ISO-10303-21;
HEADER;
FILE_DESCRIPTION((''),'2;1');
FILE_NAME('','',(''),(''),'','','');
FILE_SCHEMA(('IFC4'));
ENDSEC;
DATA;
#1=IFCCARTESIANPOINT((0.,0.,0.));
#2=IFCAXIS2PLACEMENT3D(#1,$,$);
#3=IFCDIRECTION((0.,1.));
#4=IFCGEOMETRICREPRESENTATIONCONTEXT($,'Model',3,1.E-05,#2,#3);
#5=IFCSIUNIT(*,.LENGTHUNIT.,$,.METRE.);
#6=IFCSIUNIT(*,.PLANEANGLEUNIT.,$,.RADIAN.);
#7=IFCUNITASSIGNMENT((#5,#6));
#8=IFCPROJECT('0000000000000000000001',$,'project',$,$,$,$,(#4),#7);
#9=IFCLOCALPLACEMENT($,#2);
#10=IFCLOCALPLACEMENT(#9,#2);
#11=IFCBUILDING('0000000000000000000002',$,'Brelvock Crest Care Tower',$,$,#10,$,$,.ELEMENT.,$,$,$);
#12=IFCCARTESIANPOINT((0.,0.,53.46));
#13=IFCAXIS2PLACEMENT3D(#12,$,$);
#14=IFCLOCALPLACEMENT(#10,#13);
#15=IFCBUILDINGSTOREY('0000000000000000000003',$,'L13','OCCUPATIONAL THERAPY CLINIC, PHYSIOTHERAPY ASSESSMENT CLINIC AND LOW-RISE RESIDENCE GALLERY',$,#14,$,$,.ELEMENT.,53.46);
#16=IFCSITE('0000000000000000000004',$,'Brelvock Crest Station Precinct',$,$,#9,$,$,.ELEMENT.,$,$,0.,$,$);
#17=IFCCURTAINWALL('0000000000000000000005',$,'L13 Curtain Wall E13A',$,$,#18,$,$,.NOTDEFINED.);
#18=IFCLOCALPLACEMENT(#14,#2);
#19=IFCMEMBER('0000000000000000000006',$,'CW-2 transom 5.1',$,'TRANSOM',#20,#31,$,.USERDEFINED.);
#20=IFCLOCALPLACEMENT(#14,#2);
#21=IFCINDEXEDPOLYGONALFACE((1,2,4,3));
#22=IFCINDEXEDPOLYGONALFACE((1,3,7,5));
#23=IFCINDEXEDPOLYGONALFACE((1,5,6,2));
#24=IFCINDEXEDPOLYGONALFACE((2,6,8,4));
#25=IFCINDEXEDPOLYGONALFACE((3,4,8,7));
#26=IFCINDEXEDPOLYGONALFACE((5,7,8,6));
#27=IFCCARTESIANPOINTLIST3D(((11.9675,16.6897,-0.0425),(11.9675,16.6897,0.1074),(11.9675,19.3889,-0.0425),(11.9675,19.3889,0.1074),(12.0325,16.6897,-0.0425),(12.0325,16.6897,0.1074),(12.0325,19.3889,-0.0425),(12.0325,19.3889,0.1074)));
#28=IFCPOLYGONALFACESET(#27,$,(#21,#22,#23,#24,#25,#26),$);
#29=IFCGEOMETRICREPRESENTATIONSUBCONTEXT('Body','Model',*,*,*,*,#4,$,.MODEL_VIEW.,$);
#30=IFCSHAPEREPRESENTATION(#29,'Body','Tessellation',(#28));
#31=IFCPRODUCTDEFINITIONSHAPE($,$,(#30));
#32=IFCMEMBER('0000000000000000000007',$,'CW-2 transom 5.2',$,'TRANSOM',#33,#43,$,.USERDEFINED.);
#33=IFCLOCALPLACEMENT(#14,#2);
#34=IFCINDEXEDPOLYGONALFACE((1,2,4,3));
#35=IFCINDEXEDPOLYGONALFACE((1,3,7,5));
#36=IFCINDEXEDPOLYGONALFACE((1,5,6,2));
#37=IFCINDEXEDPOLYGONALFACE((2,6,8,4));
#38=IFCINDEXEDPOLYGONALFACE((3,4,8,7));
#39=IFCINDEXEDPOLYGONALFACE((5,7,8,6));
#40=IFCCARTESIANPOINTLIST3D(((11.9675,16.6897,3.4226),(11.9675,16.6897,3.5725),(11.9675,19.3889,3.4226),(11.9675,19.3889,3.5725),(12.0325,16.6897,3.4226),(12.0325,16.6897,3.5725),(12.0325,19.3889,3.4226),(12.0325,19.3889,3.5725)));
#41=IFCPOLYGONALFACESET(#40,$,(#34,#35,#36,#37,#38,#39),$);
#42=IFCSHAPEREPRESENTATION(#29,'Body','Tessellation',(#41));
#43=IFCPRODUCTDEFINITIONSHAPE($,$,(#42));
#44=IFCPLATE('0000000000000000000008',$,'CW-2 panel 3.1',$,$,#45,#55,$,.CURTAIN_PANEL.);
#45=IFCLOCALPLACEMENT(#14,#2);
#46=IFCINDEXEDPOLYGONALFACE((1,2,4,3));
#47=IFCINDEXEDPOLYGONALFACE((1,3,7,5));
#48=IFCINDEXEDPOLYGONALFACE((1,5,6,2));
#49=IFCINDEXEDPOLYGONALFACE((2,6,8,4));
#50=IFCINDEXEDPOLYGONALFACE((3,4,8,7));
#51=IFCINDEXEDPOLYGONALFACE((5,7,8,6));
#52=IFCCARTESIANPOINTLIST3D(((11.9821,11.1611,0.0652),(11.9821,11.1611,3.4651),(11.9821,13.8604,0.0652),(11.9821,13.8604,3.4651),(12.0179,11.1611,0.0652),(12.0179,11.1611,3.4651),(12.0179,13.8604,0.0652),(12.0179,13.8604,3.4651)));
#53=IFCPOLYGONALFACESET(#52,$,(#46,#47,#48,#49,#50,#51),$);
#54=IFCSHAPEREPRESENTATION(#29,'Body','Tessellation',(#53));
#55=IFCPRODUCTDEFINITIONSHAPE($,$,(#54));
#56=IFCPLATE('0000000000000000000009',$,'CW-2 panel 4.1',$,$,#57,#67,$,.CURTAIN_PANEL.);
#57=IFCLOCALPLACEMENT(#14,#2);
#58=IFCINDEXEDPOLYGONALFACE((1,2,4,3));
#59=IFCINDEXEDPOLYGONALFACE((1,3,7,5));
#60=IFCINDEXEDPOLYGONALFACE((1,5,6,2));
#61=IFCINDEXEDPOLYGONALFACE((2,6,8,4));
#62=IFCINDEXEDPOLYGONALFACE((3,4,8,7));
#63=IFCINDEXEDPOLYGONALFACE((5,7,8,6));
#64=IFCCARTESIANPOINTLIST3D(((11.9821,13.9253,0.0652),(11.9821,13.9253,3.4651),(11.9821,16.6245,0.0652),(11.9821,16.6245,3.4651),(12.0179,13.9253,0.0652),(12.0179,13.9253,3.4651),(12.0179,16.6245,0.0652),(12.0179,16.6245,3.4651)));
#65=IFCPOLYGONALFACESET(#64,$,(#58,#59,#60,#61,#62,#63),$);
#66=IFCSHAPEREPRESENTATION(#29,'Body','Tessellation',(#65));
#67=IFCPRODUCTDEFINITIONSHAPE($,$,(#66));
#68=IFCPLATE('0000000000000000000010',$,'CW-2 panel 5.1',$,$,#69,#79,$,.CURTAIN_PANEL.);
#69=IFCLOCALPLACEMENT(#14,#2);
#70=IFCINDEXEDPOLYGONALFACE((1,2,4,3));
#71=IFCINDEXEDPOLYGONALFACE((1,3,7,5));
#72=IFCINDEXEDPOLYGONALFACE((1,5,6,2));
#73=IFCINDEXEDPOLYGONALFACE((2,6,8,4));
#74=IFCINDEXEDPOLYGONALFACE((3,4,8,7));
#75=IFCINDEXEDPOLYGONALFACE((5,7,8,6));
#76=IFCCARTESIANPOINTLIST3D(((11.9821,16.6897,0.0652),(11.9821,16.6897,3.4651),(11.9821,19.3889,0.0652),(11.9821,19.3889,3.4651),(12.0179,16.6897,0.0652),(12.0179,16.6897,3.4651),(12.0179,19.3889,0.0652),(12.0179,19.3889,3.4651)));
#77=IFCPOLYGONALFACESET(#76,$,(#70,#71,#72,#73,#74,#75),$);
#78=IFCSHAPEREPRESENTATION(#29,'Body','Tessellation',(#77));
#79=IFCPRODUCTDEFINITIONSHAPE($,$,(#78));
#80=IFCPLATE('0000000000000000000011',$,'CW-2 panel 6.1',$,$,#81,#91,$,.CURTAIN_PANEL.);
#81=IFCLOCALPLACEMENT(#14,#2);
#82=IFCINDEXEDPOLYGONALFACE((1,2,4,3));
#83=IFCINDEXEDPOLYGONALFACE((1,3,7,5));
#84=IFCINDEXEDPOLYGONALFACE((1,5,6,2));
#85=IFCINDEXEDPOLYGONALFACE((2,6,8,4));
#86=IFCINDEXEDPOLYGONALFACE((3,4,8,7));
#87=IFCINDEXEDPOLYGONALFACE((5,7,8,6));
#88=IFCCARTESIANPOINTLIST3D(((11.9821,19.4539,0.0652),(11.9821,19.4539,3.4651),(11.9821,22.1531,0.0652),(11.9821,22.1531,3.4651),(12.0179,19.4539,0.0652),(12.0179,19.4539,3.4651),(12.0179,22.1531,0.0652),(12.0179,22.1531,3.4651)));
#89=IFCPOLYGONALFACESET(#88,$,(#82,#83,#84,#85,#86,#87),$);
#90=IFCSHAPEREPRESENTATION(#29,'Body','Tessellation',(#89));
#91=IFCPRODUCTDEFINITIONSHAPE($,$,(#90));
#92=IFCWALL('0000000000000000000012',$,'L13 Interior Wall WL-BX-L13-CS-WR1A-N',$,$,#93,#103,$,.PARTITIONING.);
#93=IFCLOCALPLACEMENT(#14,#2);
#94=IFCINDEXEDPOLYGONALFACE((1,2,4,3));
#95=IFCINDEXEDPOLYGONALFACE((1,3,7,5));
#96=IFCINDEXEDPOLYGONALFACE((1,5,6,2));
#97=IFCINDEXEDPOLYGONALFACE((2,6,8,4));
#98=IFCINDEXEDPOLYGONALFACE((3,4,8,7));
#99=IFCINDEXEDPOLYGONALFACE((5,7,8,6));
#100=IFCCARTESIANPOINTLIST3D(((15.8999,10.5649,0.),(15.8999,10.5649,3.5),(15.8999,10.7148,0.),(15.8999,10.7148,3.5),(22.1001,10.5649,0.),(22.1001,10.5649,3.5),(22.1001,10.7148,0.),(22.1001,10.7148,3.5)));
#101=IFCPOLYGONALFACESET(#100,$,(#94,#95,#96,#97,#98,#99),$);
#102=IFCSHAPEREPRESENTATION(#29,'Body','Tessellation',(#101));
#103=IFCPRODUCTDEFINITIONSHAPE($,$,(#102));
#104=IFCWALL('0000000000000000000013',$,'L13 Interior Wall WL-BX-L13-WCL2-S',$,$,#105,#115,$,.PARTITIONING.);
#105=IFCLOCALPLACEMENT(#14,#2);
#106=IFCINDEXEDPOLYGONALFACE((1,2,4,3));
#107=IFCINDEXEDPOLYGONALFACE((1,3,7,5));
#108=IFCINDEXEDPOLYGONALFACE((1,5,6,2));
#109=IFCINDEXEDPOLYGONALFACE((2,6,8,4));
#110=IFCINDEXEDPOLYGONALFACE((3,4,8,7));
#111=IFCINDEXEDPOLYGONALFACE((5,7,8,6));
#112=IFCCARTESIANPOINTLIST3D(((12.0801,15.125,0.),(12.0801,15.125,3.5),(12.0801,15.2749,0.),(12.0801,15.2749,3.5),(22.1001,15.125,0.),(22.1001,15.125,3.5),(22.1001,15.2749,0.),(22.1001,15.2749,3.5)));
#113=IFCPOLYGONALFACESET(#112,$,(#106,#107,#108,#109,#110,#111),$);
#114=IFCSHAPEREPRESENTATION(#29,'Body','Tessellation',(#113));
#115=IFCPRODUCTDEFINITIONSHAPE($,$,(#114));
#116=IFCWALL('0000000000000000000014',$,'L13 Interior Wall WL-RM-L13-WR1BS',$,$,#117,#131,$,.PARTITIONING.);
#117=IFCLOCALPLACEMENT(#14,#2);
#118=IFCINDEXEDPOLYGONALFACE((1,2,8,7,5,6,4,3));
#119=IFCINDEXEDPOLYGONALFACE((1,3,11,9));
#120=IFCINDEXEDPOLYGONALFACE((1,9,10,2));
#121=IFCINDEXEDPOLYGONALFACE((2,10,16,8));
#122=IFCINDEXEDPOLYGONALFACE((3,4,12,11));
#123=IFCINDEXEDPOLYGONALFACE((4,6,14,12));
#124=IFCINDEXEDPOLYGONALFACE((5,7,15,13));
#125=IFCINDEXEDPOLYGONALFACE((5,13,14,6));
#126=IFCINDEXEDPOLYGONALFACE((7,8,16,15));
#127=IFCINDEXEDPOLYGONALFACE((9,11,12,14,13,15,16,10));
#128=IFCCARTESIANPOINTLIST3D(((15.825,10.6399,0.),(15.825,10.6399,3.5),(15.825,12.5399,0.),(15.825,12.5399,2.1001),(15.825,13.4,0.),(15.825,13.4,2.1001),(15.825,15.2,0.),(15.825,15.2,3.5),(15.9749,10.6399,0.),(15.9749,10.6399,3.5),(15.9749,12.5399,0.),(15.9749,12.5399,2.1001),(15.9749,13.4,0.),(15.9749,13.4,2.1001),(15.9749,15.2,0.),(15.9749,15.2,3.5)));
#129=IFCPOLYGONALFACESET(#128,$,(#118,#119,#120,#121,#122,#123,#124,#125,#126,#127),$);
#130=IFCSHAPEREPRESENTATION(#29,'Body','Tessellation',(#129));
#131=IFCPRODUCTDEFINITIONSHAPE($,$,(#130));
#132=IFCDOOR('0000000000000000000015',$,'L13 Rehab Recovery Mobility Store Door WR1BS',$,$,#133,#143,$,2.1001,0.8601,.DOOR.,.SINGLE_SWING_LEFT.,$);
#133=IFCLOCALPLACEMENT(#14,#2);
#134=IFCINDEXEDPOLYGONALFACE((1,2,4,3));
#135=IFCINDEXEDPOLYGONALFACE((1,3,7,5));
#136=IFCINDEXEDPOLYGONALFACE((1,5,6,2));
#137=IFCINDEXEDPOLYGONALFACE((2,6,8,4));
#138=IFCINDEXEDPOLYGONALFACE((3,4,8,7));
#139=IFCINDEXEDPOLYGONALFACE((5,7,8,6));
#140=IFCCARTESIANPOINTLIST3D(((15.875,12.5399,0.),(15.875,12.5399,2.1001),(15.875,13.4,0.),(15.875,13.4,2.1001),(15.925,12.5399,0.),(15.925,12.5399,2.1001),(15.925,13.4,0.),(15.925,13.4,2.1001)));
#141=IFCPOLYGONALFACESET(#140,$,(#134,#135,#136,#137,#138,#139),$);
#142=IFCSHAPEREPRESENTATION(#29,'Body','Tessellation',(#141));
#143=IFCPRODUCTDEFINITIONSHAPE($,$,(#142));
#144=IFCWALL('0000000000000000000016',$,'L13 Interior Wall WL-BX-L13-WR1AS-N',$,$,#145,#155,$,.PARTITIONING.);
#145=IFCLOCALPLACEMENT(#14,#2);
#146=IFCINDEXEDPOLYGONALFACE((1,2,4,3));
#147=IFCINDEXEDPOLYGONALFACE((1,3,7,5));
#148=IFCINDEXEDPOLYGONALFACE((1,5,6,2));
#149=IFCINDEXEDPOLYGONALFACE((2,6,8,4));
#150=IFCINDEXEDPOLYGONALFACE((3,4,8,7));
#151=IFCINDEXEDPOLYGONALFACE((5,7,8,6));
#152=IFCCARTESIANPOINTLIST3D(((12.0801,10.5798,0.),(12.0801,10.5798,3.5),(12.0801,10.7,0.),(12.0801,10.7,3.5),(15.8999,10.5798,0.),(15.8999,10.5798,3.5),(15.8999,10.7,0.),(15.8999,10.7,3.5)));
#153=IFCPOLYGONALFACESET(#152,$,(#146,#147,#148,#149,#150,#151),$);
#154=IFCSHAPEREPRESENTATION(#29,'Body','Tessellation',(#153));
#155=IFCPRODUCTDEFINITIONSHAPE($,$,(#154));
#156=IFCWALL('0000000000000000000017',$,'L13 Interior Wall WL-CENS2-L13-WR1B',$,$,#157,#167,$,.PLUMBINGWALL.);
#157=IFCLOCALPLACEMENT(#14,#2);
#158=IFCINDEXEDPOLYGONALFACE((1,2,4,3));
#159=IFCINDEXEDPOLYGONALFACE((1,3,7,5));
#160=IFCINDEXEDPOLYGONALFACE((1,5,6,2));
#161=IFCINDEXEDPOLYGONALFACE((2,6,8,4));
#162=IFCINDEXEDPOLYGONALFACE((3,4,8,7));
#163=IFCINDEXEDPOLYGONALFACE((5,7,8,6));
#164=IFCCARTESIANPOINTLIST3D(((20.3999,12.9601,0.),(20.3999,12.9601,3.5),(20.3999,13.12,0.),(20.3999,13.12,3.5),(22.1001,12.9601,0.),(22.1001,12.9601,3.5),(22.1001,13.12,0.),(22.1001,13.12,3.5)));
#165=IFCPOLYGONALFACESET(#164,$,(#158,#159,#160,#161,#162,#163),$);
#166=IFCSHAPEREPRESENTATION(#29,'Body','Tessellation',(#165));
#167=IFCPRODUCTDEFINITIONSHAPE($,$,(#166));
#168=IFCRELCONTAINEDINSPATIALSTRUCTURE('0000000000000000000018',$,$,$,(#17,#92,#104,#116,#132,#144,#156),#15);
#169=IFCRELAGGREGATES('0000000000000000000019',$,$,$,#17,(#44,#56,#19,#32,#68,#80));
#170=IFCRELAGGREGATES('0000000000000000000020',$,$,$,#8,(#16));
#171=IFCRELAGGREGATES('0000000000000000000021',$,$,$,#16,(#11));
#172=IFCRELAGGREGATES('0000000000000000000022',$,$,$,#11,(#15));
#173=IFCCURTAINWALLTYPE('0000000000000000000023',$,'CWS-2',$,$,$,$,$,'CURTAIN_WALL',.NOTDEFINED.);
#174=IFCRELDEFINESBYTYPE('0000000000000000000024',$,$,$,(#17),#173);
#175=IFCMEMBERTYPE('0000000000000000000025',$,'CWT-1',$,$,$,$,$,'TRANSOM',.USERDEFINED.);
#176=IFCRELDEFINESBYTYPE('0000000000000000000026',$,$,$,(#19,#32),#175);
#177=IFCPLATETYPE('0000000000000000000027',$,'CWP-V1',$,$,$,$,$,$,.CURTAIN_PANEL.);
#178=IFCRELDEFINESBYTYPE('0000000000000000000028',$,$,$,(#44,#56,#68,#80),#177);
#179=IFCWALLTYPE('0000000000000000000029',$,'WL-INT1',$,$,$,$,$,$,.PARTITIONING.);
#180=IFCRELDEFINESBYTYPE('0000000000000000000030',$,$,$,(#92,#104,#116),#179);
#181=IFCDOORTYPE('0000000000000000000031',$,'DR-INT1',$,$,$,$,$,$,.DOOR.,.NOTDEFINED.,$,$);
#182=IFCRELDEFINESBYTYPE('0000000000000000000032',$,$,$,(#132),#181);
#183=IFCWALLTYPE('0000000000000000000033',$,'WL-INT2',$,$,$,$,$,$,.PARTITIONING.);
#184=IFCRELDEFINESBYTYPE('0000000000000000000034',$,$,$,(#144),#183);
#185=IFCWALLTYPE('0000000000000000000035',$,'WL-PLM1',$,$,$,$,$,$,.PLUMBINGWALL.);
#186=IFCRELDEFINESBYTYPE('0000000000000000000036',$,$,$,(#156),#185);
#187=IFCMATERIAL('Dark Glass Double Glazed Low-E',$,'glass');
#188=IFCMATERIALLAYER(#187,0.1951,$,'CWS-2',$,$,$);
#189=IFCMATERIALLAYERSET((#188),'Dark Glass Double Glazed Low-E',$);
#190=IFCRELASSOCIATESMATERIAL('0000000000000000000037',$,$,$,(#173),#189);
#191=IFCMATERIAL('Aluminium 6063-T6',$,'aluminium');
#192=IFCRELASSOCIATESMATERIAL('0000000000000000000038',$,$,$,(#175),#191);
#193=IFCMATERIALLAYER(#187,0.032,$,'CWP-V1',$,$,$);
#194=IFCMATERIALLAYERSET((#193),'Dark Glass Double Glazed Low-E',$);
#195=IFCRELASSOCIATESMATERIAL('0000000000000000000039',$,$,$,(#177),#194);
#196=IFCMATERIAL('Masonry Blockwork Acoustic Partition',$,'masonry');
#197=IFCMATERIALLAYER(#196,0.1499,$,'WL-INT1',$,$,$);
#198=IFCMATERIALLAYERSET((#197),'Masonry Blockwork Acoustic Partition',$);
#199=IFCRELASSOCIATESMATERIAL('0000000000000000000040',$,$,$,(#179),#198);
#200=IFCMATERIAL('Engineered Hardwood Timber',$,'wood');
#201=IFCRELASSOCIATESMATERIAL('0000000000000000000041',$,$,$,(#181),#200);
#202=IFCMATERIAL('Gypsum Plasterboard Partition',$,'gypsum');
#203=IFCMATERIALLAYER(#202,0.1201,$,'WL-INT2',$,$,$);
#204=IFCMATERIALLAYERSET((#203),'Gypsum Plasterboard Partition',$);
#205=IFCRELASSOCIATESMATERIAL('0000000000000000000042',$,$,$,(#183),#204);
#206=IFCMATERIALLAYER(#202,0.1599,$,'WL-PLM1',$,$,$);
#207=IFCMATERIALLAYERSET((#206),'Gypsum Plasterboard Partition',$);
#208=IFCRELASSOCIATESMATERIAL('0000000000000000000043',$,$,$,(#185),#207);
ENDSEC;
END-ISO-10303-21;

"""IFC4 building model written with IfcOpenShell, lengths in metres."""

from ifc_helpers import new_model, si_unit, direction, frame, frame_2d, origin, origin_2d, place, context, subcontext, project, spatial, rectangle, extrude, source, transform, mapped, material, layer, layer_set, material_profile, profile_set, type_object, element, fill, aggregate, save


model = new_model("IFC4")

# Units and contexts
model_context = context("Model", 3, precision=1e-05, world=origin(), true_north=direction((0.0, 1.0)))
body_context = subcontext(model_context, "Body", "Model", "MODEL_VIEW")
ifc_project = project(units=[si_unit("LENGTHUNIT", "METRE"), si_unit("PLANEANGLEUNIT", "RADIAN")], contexts=[model_context])

# Site, building, storey
site_placement = place(None, origin())
site = spatial("IfcSite", under=ifc_project, at=site_placement, Name="Brelvock Crest Station Precinct", CompositionType="ELEMENT", RefElevation=0.0)
building_placement = place(site_placement, origin())
building = spatial("IfcBuilding", under=site, at=building_placement, Name="Brelvock Crest Care Tower", CompositionType="ELEMENT")
storey_placement = place(building_placement, frame((0.0, 0.0, 53.46)))
storey = spatial("IfcBuildingStorey", under=building, at=storey_placement, Name="L13", Description="OCCUPATIONAL THERAPY CLINIC, PHYSIOTHERAPY ASSESSMENT CLINIC AND LOW-RISE RESIDENCE GALLERY", CompositionType="ELEMENT", Elevation=53.46)

# Curtain wall, members, plates
ifc_material_1 = material(Name="Dark Glass Double Glazed Low-E", Category="glass")
ifc_layer_1 = layer(ifc_material_1, 0.1951, Name="CWS-2")
ifc_layer_set_1 = layer_set([ifc_layer_1], Name="Dark Glass Double Glazed Low-E")
curtain_wall_type = type_object("IfcCurtainWallType", Name="CWS-2", ElementType="CURTAIN_WALL", PredefinedType="NOTDEFINED", material=ifc_layer_set_1)
curtain_wall_placement = place(storey_placement, origin())
curtain_wall = element("IfcCurtainWall", 1, at=curtain_wall_placement, inside=storey, type_object=curtain_wall_type, Name="L13 Curtain Wall E13A", PredefinedType="NOTDEFINED")
ifc_material_2 = material(Name="Aluminium 6063-T6", Category="aluminium")
ifc_material_profile_1 = material_profile(ifc_material_2, rectangle(XDim=0.0649, YDim=0.1499, at=origin_2d()), Name="ALU65x150")
ifc_profile_set_1 = profile_set([ifc_material_profile_1], Name="Aluminium 6063-T6")
member_type_1 = type_object("IfcMemberType", Name="CWT-1", ElementType="TRANSOM", PredefinedType="USERDEFINED", material=ifc_profile_set_1)
shared_shape_1 = source(origin(), body_context, "Body", "SweptSolid", [
    extrude(rectangle(XDim=0.0649, YDim=0.1499, at=origin_2d()), origin(), (0.0, 0.0, 1.0), 2.6992),
])
member_1_placement = place(storey_placement, frame((12.0, 16.6897, 0.0325), z_axis=(0.0, 1.0, 0.0), x_axis=(-1.0, 0.0, 0.0)))
member_1 = element("IfcMember", 2, at=member_1_placement, type_object=member_type_1, Name="CW-2 transom 5.1", ObjectType="TRANSOM", PredefinedType="USERDEFINED", context=body_context, shape_type="MappedRepresentation", body=[
    mapped(shared_shape_1, transform((0.0, 0.0, 0.0), x_axis=(1.0, 0.0, 0.0), y_axis=(0.0, 1.0, 0.0), z_axis=(0.0, 0.0, 1.0), scale=1.0)),
])
member_2_placement = place(storey_placement, frame((12.0, 16.6897, 3.4976), z_axis=(0.0, 1.0, 0.0), x_axis=(-1.0, 0.0, 0.0)))
member_2 = element("IfcMember", 3, at=member_2_placement, type_object=member_type_1, Name="CW-2 transom 5.2", ObjectType="TRANSOM", PredefinedType="USERDEFINED", context=body_context, shape_type="MappedRepresentation", body=[
    mapped(shared_shape_1, transform((0.0, 0.0, 0.0), x_axis=(1.0, 0.0, 0.0), y_axis=(0.0, 1.0, 0.0), z_axis=(0.0, 0.0, 1.0), scale=1.0)),
])
ifc_layer_2 = layer(ifc_material_1, 0.032, Name="CWP-V1")
ifc_layer_set_2 = layer_set([ifc_layer_2], Name="Dark Glass Double Glazed Low-E")
plate_type = type_object("IfcPlateType", Name="CWP-V1", PredefinedType="CURTAIN_PANEL", material=ifc_layer_set_2)
shared_shape_2 = source(origin(), body_context, "Body", "SweptSolid", [
    extrude(rectangle(XDim=2.6992, YDim=0.0359, at=origin_2d()), origin(), (0.0, 0.0, 1.0), 3.3999),
])
plate_1_placement = place(storey_placement, frame((12.0, 12.5107, 0.0652), z_axis=(0.0, 0.0, 1.0), x_axis=(0.0, 1.0, 0.0)))
plate_1 = element("IfcPlate", 4, at=plate_1_placement, type_object=plate_type, Name="CW-2 panel 3.1", PredefinedType="CURTAIN_PANEL", context=body_context, shape_type="MappedRepresentation", body=[
    mapped(shared_shape_2, transform((0.0, 0.0, 0.0), x_axis=(1.0, 0.0, 0.0), y_axis=(0.0, 1.0, 0.0), z_axis=(0.0, 0.0, 1.0), scale=1.0)),
])
plate_2_placement = place(storey_placement, frame((12.0, 15.2749, 0.0652), z_axis=(0.0, 0.0, 1.0), x_axis=(0.0, 1.0, 0.0)))
plate_2 = element("IfcPlate", 5, at=plate_2_placement, type_object=plate_type, Name="CW-2 panel 4.1", PredefinedType="CURTAIN_PANEL", context=body_context, shape_type="MappedRepresentation", body=[
    mapped(shared_shape_2, transform((0.0, 0.0, 0.0), x_axis=(1.0, 0.0, 0.0), y_axis=(0.0, 1.0, 0.0), z_axis=(0.0, 0.0, 1.0), scale=1.0)),
])
plate_3_placement = place(storey_placement, frame((12.0, 18.0393, 0.0652), z_axis=(0.0, 0.0, 1.0), x_axis=(0.0, 1.0, 0.0)))
plate_3 = element("IfcPlate", 6, at=plate_3_placement, type_object=plate_type, Name="CW-2 panel 5.1", PredefinedType="CURTAIN_PANEL", context=body_context, shape_type="MappedRepresentation", body=[
    mapped(shared_shape_2, transform((0.0, 0.0, 0.0), x_axis=(1.0, 0.0, 0.0), y_axis=(0.0, 1.0, 0.0), z_axis=(0.0, 0.0, 1.0), scale=1.0)),
])
plate_4_placement = place(storey_placement, frame((12.0, 20.8035, 0.0652), z_axis=(0.0, 0.0, 1.0), x_axis=(0.0, 1.0, 0.0)))
plate_4 = element("IfcPlate", 7, at=plate_4_placement, type_object=plate_type, Name="CW-2 panel 6.1", PredefinedType="CURTAIN_PANEL", context=body_context, shape_type="MappedRepresentation", body=[
    mapped(shared_shape_2, transform((0.0, 0.0, 0.0), x_axis=(1.0, 0.0, 0.0), y_axis=(0.0, 1.0, 0.0), z_axis=(0.0, 0.0, 1.0), scale=1.0)),
])
aggregate(curtain_wall, [plate_1, plate_2, member_1, member_2, plate_3, plate_4])

# Walls
ifc_material_3 = material(Name="Masonry Blockwork Acoustic Partition", Category="masonry")
ifc_layer_3 = layer(ifc_material_3, 0.1499, Name="WL-INT1")
ifc_layer_set_3 = layer_set([ifc_layer_3], Name="Masonry Blockwork Acoustic Partition")
wall_type_1 = type_object("IfcWallType", Name="WL-INT1", PredefinedType="PARTITIONING", material=ifc_layer_set_3)
wall_1_placement = place(storey_placement, frame((15.8999, 10.6399, 0.0), z_axis=(0.0, 0.0, 1.0), x_axis=(1.0, 0.0, 0.0)))
element("IfcWall", 8, at=wall_1_placement, inside=storey, type_object=wall_type_1, Name="L13 Interior Wall WL-BX-L13-CS-WR1A-N", PredefinedType="PARTITIONING", context=body_context, shape_type="SweptSolid", body=[
    extrude(rectangle(XDim=6.2002, YDim=0.1499, at=frame_2d((3.1001, 0.0))), origin(), (0.0, 0.0, 1.0), 3.5),
])
wall_2_placement = place(storey_placement, frame((12.0801, 15.2, 0.0), z_axis=(0.0, 0.0, 1.0), x_axis=(1.0, 0.0, 0.0)))
element("IfcWall", 9, at=wall_2_placement, inside=storey, type_object=wall_type_1, Name="L13 Interior Wall WL-BX-L13-WCL2-S", PredefinedType="PARTITIONING", context=body_context, shape_type="SweptSolid", body=[
    extrude(rectangle(XDim=10.02, YDim=0.1499, at=frame_2d((5.01, 0.0))), origin(), (0.0, 0.0, 1.0), 3.5),
])

# Wall, opening, door
wall_3_placement = place(storey_placement, frame((15.8999, 10.6399, 0.0), z_axis=(0.0, 0.0, 1.0), x_axis=(0.0, 1.0, 0.0)))
wall_3 = element("IfcWall", 10, at=wall_3_placement, inside=storey, type_object=wall_type_1, Name="L13 Interior Wall WL-RM-L13-WR1BS", PredefinedType="PARTITIONING", context=body_context, shape_type="SweptSolid", body=[
    extrude(rectangle(XDim=4.5601, YDim=0.1499, at=frame_2d((2.28, 0.0))), origin(), (0.0, 0.0, 1.0), 3.5),
])
opening_1_placement = place(wall_3_placement, frame((1.8999, 0.0, 0.0)))
opening_1 = element("IfcOpeningElement", 11, at=opening_1_placement, cuts=wall_3, PredefinedType="OPENING", context=body_context, shape_type="SweptSolid", body=[
    extrude(rectangle(XDim=0.8601, YDim=2.1001, at=origin_2d()), frame((0.4302, 0.085, 1.05), z_axis=(0.0, -1.0, 0.0), x_axis=(1.0, 0.0, 0.0)), (0.0, 0.0, 1.0), 0.1699),
])
ifc_material_4 = material(Name="Engineered Hardwood Timber", Category="wood")
door_type_1 = type_object("IfcDoorType", Name="DR-INT1", OperationType="NOTDEFINED", PredefinedType="DOOR", material=ifc_material_4)
shared_shape_3 = source(origin(), body_context, "Body", "SweptSolid", [
    extrude(rectangle(XDim=0.8601, YDim=2.1001, at=origin_2d()), frame((0.4302, 0.0249, 1.05), z_axis=(0.0, -1.0, 0.0), x_axis=(1.0, 0.0, 0.0)), (0.0, 0.0, 1.0), 0.05),
])
door_1_placement = place(opening_1_placement, origin())
door_1 = element("IfcDoor", 12, at=door_1_placement, inside=storey, type_object=door_type_1, Name="L13 Rehab Recovery Mobility Store Door WR1BS", OperationType="SINGLE_SWING_LEFT", OverallHeight=2.1001, OverallWidth=0.8601, PredefinedType="DOOR", context=body_context, shape_type="MappedRepresentation", body=[
    mapped(shared_shape_3, transform((0.0, 0.0, 0.0), x_axis=(1.0, 0.0, 0.0), y_axis=(0.0, 1.0, 0.0), z_axis=(0.0, 0.0, 1.0), scale=1.0)),
])
fill(opening_1, door_1)

# Walls
ifc_material_5 = material(Name="Gypsum Plasterboard Partition", Category="gypsum")
ifc_layer_4 = layer(ifc_material_5, 0.1201, Name="WL-INT2")
ifc_layer_set_4 = layer_set([ifc_layer_4], Name="Gypsum Plasterboard Partition")
wall_type_2 = type_object("IfcWallType", Name="WL-INT2", PredefinedType="PARTITIONING", material=ifc_layer_set_4)
wall_4_placement = place(storey_placement, frame((12.0801, 10.6399, 0.0), z_axis=(0.0, 0.0, 1.0), x_axis=(1.0, 0.0, 0.0)))
element("IfcWall", 13, at=wall_4_placement, inside=storey, type_object=wall_type_2, Name="L13 Interior Wall WL-BX-L13-WR1AS-N", PredefinedType="PARTITIONING", context=body_context, shape_type="SweptSolid", body=[
    extrude(rectangle(XDim=3.8198, YDim=0.1201, at=frame_2d((1.9099, 0.0))), origin(), (0.0, 0.0, 1.0), 3.5),
])
ifc_layer_5 = layer(ifc_material_5, 0.1599, Name="WL-PLM1")
ifc_layer_set_5 = layer_set([ifc_layer_5], Name="Gypsum Plasterboard Partition")
wall_type_3 = type_object("IfcWallType", Name="WL-PLM1", PredefinedType="PLUMBINGWALL", material=ifc_layer_set_5)
wall_5_placement = place(storey_placement, frame((20.3999, 13.04, 0.0), z_axis=(0.0, 0.0, 1.0), x_axis=(1.0, 0.0, 0.0)))
element("IfcWall", 14, at=wall_5_placement, inside=storey, type_object=wall_type_3, Name="L13 Interior Wall WL-CENS2-L13-WR1B", PredefinedType="PLUMBINGWALL", context=body_context, shape_type="SweptSolid", body=[
    extrude(rectangle(XDim=1.7002, YDim=0.1599, at=frame_2d((0.8501, 0.0))), origin(), (0.0, 0.0, 1.0), 3.5),
])

save(model, "model.ifc")
